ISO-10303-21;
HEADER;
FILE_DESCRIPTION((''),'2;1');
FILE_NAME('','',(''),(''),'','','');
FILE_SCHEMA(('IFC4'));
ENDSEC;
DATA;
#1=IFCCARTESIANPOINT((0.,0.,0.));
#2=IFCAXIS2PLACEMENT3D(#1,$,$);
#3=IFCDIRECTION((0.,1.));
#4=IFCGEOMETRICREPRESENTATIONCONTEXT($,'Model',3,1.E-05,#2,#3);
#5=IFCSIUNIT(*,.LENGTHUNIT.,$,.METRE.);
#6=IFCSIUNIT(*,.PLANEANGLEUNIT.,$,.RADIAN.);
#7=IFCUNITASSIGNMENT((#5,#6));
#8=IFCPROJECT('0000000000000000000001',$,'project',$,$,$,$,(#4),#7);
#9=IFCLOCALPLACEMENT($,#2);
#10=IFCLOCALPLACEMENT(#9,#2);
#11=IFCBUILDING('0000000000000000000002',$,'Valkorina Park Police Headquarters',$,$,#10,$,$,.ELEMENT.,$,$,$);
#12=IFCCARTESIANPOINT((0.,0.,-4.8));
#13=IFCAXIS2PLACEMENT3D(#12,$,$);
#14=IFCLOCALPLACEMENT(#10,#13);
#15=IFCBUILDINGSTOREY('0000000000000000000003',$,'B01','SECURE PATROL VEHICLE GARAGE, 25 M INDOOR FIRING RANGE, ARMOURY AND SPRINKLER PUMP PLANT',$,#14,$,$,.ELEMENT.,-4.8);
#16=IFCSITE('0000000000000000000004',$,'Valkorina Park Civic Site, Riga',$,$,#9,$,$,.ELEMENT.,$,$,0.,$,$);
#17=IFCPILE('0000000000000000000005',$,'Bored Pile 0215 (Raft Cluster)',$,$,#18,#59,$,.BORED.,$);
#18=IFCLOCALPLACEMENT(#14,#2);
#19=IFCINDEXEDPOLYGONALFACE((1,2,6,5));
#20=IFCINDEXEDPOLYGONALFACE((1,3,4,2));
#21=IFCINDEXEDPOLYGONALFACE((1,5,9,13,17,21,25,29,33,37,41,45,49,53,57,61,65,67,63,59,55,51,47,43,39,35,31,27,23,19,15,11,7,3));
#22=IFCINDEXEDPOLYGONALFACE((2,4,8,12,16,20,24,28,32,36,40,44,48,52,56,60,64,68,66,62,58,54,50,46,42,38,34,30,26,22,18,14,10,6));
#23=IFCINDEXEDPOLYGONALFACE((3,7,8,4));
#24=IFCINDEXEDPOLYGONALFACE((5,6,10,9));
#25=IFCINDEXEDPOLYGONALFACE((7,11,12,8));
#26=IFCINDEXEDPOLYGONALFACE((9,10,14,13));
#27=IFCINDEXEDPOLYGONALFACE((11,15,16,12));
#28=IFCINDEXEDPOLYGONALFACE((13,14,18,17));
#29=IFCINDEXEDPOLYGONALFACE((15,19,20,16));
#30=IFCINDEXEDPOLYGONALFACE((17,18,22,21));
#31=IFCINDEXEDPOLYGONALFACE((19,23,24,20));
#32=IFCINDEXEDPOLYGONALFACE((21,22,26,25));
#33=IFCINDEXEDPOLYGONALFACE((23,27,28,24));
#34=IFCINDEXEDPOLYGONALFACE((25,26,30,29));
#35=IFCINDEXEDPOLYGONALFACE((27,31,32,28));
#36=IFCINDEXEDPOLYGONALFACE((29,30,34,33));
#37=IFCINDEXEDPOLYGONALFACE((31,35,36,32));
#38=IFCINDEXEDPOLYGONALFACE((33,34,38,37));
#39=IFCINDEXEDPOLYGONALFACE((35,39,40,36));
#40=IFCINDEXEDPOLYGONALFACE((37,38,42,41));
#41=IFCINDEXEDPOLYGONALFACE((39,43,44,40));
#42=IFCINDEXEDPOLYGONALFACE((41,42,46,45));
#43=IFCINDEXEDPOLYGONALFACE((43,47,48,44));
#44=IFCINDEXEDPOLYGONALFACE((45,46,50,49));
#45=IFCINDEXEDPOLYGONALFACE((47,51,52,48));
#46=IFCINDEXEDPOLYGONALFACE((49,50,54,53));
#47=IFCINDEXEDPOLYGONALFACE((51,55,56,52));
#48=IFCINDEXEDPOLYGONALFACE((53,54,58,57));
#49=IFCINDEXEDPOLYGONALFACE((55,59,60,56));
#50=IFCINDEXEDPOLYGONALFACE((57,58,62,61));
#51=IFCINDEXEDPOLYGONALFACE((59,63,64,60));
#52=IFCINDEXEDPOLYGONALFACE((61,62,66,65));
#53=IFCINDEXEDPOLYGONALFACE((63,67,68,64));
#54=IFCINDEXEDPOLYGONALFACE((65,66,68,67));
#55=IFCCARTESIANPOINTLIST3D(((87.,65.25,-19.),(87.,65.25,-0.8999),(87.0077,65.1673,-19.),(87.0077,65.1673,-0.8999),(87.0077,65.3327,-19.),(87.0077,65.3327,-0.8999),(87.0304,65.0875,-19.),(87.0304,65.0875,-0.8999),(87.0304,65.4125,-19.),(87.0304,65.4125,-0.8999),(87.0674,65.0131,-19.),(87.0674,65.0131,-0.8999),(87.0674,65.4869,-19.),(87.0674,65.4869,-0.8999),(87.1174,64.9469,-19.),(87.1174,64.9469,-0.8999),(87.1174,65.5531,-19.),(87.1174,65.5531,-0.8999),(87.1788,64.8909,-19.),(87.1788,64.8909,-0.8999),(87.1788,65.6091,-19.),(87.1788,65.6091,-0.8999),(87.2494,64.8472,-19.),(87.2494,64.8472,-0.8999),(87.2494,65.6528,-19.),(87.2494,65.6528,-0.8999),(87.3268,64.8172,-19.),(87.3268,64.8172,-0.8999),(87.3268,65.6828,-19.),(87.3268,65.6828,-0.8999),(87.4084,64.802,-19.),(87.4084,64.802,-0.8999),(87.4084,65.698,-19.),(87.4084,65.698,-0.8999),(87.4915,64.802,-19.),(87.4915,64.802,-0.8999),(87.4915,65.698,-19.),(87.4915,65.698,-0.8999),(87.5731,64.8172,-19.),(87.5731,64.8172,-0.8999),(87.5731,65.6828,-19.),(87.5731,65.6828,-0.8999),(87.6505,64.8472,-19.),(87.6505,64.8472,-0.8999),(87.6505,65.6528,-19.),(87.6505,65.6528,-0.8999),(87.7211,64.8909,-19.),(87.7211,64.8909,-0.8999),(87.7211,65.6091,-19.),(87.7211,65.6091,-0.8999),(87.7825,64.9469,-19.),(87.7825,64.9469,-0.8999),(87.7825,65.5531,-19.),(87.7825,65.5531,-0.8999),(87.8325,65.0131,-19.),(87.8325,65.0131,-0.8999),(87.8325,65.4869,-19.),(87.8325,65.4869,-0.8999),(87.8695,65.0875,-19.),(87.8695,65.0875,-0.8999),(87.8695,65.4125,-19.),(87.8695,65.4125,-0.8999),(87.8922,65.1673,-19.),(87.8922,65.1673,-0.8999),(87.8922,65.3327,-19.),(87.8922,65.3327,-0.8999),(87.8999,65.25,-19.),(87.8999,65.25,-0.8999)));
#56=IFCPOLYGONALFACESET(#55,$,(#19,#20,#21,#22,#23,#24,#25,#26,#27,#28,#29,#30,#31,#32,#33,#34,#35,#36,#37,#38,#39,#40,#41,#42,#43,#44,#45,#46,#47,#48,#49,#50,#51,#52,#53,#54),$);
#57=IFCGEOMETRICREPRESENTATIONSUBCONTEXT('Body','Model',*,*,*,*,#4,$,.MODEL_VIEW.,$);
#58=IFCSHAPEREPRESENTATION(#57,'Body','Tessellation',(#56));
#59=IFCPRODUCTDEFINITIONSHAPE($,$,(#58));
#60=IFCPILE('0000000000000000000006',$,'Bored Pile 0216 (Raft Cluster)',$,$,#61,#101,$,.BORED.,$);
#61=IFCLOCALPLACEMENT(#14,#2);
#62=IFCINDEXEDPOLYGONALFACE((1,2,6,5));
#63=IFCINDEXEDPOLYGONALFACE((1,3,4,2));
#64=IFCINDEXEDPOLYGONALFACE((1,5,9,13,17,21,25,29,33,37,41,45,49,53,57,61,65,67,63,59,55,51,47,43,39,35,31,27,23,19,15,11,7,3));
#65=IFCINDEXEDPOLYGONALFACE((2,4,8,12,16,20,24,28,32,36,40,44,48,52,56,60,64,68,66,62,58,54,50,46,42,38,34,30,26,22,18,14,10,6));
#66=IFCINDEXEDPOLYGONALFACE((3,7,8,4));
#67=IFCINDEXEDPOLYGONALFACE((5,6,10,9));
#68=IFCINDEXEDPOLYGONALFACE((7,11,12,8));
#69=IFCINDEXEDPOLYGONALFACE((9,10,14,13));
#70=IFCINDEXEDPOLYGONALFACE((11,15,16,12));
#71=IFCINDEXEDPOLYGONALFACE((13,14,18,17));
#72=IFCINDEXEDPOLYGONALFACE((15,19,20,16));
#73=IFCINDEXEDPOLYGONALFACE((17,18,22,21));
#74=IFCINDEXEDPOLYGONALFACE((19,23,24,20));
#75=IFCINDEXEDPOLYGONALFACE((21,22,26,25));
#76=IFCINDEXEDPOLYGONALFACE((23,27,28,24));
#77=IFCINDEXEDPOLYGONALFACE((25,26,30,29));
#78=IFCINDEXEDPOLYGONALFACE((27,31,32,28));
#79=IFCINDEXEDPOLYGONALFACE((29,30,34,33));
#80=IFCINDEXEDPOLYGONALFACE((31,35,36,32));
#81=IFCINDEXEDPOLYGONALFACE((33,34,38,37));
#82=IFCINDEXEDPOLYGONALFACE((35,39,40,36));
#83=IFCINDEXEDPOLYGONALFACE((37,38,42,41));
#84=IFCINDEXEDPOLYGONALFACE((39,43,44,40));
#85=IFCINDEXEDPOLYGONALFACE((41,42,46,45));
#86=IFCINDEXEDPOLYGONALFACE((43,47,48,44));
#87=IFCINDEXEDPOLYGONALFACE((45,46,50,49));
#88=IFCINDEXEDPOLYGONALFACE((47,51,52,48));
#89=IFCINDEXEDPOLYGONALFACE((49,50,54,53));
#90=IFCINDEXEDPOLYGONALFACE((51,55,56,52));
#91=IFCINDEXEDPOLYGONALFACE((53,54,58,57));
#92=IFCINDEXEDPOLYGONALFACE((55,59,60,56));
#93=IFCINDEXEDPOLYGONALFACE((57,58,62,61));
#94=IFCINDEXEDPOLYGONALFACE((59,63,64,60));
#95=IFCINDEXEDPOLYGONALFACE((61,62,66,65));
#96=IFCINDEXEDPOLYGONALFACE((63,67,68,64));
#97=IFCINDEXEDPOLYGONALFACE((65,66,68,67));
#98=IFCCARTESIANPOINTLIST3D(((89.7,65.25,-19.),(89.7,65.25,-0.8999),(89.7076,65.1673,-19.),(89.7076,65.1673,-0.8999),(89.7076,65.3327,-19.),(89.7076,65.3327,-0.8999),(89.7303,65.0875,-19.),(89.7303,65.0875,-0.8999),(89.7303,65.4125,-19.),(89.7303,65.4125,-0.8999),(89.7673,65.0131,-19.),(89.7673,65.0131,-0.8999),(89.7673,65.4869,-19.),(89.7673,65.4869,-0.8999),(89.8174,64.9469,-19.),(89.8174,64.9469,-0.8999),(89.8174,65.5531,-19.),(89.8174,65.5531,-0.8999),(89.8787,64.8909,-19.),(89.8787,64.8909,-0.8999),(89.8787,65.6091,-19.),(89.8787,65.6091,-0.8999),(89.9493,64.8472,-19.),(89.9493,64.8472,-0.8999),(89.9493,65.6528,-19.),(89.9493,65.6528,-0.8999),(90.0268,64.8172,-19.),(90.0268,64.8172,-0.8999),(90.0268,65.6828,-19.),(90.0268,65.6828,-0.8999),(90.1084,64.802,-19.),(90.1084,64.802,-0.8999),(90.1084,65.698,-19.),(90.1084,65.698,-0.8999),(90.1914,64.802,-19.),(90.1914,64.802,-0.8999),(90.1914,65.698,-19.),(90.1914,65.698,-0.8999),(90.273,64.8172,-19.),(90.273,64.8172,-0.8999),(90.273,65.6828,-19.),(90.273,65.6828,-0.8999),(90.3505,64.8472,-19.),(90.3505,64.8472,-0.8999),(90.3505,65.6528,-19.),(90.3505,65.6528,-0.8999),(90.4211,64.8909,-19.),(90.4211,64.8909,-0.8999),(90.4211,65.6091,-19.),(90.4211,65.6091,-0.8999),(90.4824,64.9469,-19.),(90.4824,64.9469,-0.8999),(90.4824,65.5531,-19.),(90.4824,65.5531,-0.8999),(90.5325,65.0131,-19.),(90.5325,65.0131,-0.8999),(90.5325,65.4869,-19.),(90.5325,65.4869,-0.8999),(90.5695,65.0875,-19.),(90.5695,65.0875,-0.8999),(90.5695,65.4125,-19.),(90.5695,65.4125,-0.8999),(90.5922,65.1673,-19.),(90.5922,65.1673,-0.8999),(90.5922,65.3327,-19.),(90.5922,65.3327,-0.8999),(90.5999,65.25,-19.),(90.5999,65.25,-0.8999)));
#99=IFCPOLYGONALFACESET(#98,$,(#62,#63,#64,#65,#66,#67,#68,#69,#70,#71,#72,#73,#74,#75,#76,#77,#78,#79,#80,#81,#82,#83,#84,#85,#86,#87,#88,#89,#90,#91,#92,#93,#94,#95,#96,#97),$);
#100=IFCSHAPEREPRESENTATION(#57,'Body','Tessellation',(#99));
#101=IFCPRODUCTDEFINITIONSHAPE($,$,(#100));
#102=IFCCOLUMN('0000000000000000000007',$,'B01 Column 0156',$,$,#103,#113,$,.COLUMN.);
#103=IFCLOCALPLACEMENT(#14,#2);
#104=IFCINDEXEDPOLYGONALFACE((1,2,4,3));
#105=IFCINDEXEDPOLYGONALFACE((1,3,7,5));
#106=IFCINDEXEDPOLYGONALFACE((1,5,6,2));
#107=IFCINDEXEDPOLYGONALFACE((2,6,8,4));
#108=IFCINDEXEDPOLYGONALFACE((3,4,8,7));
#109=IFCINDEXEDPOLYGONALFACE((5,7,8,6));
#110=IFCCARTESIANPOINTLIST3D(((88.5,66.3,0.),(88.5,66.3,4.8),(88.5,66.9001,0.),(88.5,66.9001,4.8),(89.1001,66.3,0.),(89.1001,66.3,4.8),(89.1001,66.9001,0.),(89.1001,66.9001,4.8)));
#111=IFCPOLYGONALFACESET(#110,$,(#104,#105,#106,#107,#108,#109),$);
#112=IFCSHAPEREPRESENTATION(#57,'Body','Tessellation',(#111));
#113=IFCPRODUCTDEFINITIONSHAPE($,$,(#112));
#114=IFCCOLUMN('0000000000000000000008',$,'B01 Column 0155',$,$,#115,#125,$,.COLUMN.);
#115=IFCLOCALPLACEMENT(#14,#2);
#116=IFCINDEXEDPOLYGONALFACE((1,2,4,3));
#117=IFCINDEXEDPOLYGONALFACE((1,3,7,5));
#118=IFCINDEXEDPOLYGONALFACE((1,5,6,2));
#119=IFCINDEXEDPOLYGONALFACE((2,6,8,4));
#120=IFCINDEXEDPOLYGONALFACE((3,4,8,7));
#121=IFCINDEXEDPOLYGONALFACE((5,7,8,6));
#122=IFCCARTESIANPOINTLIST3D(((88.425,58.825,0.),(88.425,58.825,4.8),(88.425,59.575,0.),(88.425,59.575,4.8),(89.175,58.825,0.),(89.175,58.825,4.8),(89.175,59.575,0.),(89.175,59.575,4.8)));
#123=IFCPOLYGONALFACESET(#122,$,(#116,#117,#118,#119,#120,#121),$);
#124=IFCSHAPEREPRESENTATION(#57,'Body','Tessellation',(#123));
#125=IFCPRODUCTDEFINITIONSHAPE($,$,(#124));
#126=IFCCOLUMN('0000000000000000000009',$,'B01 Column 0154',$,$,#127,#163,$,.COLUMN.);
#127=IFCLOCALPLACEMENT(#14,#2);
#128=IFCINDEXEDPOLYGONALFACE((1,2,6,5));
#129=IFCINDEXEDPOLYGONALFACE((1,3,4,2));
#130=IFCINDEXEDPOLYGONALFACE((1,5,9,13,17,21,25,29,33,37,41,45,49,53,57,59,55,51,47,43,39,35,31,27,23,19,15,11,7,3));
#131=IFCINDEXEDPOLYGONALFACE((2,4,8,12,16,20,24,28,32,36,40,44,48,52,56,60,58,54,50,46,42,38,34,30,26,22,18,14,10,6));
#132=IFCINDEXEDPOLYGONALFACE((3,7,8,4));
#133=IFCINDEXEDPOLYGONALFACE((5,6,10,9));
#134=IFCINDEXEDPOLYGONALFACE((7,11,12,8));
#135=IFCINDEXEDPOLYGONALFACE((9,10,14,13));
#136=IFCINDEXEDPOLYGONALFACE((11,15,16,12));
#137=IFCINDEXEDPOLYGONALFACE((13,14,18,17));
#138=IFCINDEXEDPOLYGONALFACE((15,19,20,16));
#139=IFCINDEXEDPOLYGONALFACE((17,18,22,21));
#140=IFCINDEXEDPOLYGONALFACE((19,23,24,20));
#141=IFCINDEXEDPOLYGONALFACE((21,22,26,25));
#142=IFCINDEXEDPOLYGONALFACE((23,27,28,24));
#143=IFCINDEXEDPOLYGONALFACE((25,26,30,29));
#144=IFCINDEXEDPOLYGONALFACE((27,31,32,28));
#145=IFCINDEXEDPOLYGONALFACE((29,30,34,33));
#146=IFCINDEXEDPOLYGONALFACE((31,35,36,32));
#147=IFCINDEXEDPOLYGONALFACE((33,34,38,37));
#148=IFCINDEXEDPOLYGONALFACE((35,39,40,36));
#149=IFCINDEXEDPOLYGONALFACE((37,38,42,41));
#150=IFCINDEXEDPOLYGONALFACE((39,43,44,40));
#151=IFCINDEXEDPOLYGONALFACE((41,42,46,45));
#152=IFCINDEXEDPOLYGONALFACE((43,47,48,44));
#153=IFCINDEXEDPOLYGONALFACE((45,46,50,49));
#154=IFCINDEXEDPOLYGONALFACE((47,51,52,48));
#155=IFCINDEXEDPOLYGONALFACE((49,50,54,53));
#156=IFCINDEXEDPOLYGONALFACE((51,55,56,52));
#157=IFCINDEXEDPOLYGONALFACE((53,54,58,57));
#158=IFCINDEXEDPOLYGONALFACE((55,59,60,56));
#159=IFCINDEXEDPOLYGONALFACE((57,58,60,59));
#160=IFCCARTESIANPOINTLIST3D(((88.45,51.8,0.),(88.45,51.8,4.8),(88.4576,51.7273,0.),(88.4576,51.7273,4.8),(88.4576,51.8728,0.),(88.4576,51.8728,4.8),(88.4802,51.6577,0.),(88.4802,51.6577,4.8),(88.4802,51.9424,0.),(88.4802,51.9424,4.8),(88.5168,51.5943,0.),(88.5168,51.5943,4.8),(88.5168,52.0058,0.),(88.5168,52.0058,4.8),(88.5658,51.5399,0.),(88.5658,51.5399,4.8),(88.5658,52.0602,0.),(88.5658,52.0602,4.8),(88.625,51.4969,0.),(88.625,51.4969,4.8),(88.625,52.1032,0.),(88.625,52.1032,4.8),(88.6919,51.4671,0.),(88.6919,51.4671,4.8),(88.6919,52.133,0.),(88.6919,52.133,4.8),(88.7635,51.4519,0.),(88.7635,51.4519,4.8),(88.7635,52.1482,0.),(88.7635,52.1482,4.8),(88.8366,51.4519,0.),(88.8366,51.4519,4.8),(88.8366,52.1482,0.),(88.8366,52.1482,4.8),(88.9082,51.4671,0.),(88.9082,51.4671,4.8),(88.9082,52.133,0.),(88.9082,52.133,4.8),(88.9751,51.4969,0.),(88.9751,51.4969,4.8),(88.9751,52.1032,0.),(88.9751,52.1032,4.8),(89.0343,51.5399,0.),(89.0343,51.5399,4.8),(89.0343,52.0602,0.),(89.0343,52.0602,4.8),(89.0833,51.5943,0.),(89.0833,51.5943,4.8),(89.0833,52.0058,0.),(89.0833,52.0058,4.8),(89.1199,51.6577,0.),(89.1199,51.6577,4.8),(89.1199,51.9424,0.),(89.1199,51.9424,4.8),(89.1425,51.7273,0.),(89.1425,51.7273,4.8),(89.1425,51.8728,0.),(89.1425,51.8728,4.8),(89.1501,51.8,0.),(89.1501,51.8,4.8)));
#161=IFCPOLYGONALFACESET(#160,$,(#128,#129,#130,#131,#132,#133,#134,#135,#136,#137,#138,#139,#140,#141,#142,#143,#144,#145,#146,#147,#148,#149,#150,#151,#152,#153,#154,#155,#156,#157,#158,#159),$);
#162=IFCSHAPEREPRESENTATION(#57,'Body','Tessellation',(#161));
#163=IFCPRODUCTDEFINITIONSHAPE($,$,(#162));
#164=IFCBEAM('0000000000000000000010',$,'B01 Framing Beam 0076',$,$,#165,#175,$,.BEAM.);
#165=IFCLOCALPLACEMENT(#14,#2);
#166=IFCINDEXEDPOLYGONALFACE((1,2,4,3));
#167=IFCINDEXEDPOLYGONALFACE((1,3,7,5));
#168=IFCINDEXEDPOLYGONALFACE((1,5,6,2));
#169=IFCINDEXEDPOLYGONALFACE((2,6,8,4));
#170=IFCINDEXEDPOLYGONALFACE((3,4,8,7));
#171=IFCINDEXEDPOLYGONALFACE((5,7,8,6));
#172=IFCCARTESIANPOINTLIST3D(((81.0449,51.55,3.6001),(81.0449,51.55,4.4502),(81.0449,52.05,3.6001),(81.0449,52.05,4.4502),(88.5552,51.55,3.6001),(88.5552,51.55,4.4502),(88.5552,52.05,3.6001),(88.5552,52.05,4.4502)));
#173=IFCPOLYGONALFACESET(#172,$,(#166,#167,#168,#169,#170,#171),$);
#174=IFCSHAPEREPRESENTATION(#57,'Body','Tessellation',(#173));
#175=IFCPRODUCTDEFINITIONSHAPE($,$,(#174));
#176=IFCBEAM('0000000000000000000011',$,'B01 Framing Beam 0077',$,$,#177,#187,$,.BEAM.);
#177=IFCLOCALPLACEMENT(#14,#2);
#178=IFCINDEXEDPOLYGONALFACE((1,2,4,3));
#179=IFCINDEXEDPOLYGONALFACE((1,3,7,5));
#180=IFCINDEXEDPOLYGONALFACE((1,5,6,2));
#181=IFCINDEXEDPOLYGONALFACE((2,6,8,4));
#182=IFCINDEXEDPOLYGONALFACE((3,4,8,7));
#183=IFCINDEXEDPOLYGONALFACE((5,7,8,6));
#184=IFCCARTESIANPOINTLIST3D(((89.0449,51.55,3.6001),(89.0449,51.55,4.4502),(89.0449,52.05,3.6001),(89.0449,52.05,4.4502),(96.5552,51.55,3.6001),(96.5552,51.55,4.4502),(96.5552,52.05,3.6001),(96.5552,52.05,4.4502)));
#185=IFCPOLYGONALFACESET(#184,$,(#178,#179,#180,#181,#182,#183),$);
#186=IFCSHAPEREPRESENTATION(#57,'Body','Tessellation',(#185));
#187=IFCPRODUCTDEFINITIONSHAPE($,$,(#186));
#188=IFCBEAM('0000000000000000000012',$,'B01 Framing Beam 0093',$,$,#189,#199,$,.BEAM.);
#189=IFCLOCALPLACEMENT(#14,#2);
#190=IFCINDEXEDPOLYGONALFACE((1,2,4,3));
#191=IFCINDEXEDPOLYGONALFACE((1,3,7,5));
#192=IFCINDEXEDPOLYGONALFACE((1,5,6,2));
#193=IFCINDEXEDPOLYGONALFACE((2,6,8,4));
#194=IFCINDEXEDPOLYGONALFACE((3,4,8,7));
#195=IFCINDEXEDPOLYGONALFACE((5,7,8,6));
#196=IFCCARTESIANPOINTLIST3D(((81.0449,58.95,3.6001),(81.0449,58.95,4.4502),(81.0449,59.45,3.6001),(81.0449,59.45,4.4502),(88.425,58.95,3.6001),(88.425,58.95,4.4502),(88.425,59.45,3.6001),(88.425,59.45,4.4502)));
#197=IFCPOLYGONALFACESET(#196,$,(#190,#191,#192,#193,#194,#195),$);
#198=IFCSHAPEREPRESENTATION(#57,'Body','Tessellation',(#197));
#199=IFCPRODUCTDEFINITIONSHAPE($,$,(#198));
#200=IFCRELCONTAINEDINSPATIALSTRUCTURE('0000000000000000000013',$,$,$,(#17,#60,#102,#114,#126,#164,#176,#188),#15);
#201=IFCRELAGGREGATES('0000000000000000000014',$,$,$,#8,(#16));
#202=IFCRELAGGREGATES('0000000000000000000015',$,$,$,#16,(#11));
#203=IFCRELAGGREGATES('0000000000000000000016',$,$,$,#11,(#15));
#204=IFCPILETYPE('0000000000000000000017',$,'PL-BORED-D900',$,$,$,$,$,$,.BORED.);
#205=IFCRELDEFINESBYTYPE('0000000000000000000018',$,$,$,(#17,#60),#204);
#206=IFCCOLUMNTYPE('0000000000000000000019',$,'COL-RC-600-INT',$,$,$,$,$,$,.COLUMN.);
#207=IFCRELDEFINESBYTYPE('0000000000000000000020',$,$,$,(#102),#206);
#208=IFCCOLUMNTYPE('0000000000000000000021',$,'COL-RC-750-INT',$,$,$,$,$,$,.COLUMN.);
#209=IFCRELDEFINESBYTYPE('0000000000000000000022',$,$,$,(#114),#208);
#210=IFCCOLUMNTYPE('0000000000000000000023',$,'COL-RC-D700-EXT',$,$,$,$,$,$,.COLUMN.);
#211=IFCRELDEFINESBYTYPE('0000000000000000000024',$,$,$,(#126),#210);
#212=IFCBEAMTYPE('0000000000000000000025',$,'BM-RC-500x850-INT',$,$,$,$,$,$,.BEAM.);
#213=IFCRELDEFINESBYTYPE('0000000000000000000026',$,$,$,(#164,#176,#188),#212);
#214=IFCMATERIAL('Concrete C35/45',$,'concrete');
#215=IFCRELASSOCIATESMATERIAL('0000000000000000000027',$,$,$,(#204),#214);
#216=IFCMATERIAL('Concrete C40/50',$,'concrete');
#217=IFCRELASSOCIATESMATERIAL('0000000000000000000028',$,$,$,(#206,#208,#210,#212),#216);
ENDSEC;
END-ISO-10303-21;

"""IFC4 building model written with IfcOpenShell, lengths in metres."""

from ifc_helpers import new_model, si_unit, direction, frame, origin, origin_2d, place, context, subcontext, project, spatial, rectangle, circle, extrude, material, material_profile, profile_set, type_object, element, save


model = new_model("IFC4")

# Units and contexts
model_context = context("Model", 3, precision=1e-05, world=origin(), true_north=direction((0.0, 1.0)))
body_context = subcontext(model_context, "Body", "Model", "MODEL_VIEW")
ifc_project = project(units=[si_unit("LENGTHUNIT", "METRE"), si_unit("PLANEANGLEUNIT", "RADIAN")], contexts=[model_context])

# Site, building, storey
site_placement = place(None, origin())
site = spatial("IfcSite", under=ifc_project, at=site_placement, Name="Valkorina Park Civic Site, Riga", CompositionType="ELEMENT", RefElevation=0.0)
building_placement = place(site_placement, origin())
building = spatial("IfcBuilding", under=site, at=building_placement, Name="Valkorina Park Police Headquarters", CompositionType="ELEMENT")
storey_placement = place(building_placement, frame((0.0, 0.0, -4.8)))
storey = spatial("IfcBuildingStorey", under=building, at=storey_placement, Name="B01", Description="SECURE PATROL VEHICLE GARAGE, 25 M INDOOR FIRING RANGE, ARMOURY AND SPRINKLER PUMP PLANT", CompositionType="ELEMENT", Elevation=-4.8)

# Piles
ifc_material_1 = material(Name="Concrete C35/45", Category="concrete")
ifc_material_profile_1 = material_profile(ifc_material_1, circle(Radius=0.45, at=origin_2d()), Name="BORED PILE D900")
ifc_profile_set_1 = profile_set([ifc_material_profile_1], Name="Concrete C35/45")
pile_type_1 = type_object("IfcPileType", Name="PL-BORED-D900", PredefinedType="BORED", material=ifc_profile_set_1)
for number, where, z_axis, x_axis, name in (
    (1, (87.45, 65.25, -0.8999), (0.0, 0.0, -1.0), (1.0, 0.0, 0.0), "Bored Pile 0215 (Raft Cluster)"),
    (2, (90.1499, 65.25, -0.8999), (0.0, 0.0, -1.0), (1.0, 0.0, 0.0), "Bored Pile 0216 (Raft Cluster)"),
):
    element("IfcPile", number, at=place(storey_placement, frame(where, z_axis=z_axis, x_axis=x_axis)), inside=storey, type_object=pile_type_1, Name=name, PredefinedType="BORED", context=body_context, shape_type="SweptSolid", body=[
        extrude(circle(Radius=0.45, at=origin_2d()), origin(), (0.0, 0.0, 1.0), 18.1001),
    ])

# Columns
ifc_material_2 = material(Name="Concrete C40/50", Category="concrete")
ifc_material_profile_2 = material_profile(ifc_material_2, rectangle(XDim=0.6001, YDim=0.6001, at=origin_2d()), Name="RC COL 600x600")
ifc_profile_set_2 = profile_set([ifc_material_profile_2], Name="Concrete C40/50")
column_type_1 = type_object("IfcColumnType", Name="COL-RC-600-INT", PredefinedType="COLUMN", material=ifc_profile_set_2)
column_1_placement = place(storey_placement, frame((88.8, 66.6001, 0.0), z_axis=(0.0, 0.0, 1.0), x_axis=(1.0, 0.0, 0.0)))
element("IfcColumn", 3, at=column_1_placement, inside=storey, type_object=column_type_1, Name="B01 Column 0156", PredefinedType="COLUMN", context=body_context, shape_type="SweptSolid", body=[
    extrude(rectangle(XDim=0.6001, YDim=0.6001, at=origin_2d()), origin(), (0.0, 0.0, 1.0), 4.8),
])
ifc_material_profile_3 = material_profile(ifc_material_2, rectangle(XDim=0.75, YDim=0.75, at=origin_2d()), Name="RC COL 750x750")
ifc_profile_set_3 = profile_set([ifc_material_profile_3], Name="Concrete C40/50")
column_type_2 = type_object("IfcColumnType", Name="COL-RC-750-INT", PredefinedType="COLUMN", material=ifc_profile_set_3)
column_2_placement = place(storey_placement, frame((88.8, 59.2, 0.0), z_axis=(0.0, 0.0, 1.0), x_axis=(1.0, 0.0, 0.0)))
element("IfcColumn", 4, at=column_2_placement, inside=storey, type_object=column_type_2, Name="B01 Column 0155", PredefinedType="COLUMN", context=body_context, shape_type="SweptSolid", body=[
    extrude(rectangle(XDim=0.75, YDim=0.75, at=origin_2d()), origin(), (0.0, 0.0, 1.0), 4.8),
])
ifc_material_profile_4 = material_profile(ifc_material_2, circle(Radius=0.3501, at=origin_2d()), Name="RC COL D700")
ifc_profile_set_4 = profile_set([ifc_material_profile_4], Name="Concrete C40/50")
column_type_3 = type_object("IfcColumnType", Name="COL-RC-D700-EXT", PredefinedType="COLUMN", material=ifc_profile_set_4)
column_3_placement = place(storey_placement, frame((88.8, 51.8, 0.0), z_axis=(0.0, 0.0, 1.0), x_axis=(1.0, 0.0, 0.0)))
element("IfcColumn", 5, at=column_3_placement, inside=storey, type_object=column_type_3, Name="B01 Column 0154", PredefinedType="COLUMN", context=body_context, shape_type="SweptSolid", body=[
    extrude(circle(Radius=0.3501, at=origin_2d()), origin(), (0.0, 0.0, 1.0), 4.8),
])

# Beams
ifc_material_profile_5 = material_profile(ifc_material_2, rectangle(XDim=0.5, YDim=0.8501, at=origin_2d()), Name="RC BEAM 500x850")
ifc_profile_set_5 = profile_set([ifc_material_profile_5], Name="Concrete C40/50")
beam_type_1 = type_object("IfcBeamType", Name="BM-RC-500x850-INT", PredefinedType="BEAM", material=ifc_profile_set_5)
for number, where, z_axis, x_axis, name in (
    (6, (81.0449, 51.8, 4.0251), (1.0, 0.0, 0.0), (0.0, 1.0, 0.0), "B01 Framing Beam 0076"),
    (7, (89.0449, 51.8, 4.0251), (1.0, 0.0, 0.0), (0.0, 1.0, 0.0), "B01 Framing Beam 0077"),
):
    element("IfcBeam", number, at=place(storey_placement, frame(where, z_axis=z_axis, x_axis=x_axis)), inside=storey, type_object=beam_type_1, Name=name, PredefinedType="BEAM", context=body_context, shape_type="SweptSolid", body=[
        extrude(rectangle(XDim=0.5, YDim=0.8501, at=origin_2d()), origin(), (0.0, 0.0, 1.0), 7.5103),
    ])
beam_1_placement = place(storey_placement, frame((81.0449, 59.2, 4.0251), z_axis=(1.0, 0.0, 0.0), x_axis=(0.0, 1.0, 0.0)))
element("IfcBeam", 8, at=beam_1_placement, inside=storey, type_object=beam_type_1, Name="B01 Framing Beam 0093", PredefinedType="BEAM", context=body_context, shape_type="SweptSolid", body=[
    extrude(rectangle(XDim=0.5, YDim=0.8501, at=origin_2d()), origin(), (0.0, 0.0, 1.0), 7.3801),
])

save(model, "model.ifc")
